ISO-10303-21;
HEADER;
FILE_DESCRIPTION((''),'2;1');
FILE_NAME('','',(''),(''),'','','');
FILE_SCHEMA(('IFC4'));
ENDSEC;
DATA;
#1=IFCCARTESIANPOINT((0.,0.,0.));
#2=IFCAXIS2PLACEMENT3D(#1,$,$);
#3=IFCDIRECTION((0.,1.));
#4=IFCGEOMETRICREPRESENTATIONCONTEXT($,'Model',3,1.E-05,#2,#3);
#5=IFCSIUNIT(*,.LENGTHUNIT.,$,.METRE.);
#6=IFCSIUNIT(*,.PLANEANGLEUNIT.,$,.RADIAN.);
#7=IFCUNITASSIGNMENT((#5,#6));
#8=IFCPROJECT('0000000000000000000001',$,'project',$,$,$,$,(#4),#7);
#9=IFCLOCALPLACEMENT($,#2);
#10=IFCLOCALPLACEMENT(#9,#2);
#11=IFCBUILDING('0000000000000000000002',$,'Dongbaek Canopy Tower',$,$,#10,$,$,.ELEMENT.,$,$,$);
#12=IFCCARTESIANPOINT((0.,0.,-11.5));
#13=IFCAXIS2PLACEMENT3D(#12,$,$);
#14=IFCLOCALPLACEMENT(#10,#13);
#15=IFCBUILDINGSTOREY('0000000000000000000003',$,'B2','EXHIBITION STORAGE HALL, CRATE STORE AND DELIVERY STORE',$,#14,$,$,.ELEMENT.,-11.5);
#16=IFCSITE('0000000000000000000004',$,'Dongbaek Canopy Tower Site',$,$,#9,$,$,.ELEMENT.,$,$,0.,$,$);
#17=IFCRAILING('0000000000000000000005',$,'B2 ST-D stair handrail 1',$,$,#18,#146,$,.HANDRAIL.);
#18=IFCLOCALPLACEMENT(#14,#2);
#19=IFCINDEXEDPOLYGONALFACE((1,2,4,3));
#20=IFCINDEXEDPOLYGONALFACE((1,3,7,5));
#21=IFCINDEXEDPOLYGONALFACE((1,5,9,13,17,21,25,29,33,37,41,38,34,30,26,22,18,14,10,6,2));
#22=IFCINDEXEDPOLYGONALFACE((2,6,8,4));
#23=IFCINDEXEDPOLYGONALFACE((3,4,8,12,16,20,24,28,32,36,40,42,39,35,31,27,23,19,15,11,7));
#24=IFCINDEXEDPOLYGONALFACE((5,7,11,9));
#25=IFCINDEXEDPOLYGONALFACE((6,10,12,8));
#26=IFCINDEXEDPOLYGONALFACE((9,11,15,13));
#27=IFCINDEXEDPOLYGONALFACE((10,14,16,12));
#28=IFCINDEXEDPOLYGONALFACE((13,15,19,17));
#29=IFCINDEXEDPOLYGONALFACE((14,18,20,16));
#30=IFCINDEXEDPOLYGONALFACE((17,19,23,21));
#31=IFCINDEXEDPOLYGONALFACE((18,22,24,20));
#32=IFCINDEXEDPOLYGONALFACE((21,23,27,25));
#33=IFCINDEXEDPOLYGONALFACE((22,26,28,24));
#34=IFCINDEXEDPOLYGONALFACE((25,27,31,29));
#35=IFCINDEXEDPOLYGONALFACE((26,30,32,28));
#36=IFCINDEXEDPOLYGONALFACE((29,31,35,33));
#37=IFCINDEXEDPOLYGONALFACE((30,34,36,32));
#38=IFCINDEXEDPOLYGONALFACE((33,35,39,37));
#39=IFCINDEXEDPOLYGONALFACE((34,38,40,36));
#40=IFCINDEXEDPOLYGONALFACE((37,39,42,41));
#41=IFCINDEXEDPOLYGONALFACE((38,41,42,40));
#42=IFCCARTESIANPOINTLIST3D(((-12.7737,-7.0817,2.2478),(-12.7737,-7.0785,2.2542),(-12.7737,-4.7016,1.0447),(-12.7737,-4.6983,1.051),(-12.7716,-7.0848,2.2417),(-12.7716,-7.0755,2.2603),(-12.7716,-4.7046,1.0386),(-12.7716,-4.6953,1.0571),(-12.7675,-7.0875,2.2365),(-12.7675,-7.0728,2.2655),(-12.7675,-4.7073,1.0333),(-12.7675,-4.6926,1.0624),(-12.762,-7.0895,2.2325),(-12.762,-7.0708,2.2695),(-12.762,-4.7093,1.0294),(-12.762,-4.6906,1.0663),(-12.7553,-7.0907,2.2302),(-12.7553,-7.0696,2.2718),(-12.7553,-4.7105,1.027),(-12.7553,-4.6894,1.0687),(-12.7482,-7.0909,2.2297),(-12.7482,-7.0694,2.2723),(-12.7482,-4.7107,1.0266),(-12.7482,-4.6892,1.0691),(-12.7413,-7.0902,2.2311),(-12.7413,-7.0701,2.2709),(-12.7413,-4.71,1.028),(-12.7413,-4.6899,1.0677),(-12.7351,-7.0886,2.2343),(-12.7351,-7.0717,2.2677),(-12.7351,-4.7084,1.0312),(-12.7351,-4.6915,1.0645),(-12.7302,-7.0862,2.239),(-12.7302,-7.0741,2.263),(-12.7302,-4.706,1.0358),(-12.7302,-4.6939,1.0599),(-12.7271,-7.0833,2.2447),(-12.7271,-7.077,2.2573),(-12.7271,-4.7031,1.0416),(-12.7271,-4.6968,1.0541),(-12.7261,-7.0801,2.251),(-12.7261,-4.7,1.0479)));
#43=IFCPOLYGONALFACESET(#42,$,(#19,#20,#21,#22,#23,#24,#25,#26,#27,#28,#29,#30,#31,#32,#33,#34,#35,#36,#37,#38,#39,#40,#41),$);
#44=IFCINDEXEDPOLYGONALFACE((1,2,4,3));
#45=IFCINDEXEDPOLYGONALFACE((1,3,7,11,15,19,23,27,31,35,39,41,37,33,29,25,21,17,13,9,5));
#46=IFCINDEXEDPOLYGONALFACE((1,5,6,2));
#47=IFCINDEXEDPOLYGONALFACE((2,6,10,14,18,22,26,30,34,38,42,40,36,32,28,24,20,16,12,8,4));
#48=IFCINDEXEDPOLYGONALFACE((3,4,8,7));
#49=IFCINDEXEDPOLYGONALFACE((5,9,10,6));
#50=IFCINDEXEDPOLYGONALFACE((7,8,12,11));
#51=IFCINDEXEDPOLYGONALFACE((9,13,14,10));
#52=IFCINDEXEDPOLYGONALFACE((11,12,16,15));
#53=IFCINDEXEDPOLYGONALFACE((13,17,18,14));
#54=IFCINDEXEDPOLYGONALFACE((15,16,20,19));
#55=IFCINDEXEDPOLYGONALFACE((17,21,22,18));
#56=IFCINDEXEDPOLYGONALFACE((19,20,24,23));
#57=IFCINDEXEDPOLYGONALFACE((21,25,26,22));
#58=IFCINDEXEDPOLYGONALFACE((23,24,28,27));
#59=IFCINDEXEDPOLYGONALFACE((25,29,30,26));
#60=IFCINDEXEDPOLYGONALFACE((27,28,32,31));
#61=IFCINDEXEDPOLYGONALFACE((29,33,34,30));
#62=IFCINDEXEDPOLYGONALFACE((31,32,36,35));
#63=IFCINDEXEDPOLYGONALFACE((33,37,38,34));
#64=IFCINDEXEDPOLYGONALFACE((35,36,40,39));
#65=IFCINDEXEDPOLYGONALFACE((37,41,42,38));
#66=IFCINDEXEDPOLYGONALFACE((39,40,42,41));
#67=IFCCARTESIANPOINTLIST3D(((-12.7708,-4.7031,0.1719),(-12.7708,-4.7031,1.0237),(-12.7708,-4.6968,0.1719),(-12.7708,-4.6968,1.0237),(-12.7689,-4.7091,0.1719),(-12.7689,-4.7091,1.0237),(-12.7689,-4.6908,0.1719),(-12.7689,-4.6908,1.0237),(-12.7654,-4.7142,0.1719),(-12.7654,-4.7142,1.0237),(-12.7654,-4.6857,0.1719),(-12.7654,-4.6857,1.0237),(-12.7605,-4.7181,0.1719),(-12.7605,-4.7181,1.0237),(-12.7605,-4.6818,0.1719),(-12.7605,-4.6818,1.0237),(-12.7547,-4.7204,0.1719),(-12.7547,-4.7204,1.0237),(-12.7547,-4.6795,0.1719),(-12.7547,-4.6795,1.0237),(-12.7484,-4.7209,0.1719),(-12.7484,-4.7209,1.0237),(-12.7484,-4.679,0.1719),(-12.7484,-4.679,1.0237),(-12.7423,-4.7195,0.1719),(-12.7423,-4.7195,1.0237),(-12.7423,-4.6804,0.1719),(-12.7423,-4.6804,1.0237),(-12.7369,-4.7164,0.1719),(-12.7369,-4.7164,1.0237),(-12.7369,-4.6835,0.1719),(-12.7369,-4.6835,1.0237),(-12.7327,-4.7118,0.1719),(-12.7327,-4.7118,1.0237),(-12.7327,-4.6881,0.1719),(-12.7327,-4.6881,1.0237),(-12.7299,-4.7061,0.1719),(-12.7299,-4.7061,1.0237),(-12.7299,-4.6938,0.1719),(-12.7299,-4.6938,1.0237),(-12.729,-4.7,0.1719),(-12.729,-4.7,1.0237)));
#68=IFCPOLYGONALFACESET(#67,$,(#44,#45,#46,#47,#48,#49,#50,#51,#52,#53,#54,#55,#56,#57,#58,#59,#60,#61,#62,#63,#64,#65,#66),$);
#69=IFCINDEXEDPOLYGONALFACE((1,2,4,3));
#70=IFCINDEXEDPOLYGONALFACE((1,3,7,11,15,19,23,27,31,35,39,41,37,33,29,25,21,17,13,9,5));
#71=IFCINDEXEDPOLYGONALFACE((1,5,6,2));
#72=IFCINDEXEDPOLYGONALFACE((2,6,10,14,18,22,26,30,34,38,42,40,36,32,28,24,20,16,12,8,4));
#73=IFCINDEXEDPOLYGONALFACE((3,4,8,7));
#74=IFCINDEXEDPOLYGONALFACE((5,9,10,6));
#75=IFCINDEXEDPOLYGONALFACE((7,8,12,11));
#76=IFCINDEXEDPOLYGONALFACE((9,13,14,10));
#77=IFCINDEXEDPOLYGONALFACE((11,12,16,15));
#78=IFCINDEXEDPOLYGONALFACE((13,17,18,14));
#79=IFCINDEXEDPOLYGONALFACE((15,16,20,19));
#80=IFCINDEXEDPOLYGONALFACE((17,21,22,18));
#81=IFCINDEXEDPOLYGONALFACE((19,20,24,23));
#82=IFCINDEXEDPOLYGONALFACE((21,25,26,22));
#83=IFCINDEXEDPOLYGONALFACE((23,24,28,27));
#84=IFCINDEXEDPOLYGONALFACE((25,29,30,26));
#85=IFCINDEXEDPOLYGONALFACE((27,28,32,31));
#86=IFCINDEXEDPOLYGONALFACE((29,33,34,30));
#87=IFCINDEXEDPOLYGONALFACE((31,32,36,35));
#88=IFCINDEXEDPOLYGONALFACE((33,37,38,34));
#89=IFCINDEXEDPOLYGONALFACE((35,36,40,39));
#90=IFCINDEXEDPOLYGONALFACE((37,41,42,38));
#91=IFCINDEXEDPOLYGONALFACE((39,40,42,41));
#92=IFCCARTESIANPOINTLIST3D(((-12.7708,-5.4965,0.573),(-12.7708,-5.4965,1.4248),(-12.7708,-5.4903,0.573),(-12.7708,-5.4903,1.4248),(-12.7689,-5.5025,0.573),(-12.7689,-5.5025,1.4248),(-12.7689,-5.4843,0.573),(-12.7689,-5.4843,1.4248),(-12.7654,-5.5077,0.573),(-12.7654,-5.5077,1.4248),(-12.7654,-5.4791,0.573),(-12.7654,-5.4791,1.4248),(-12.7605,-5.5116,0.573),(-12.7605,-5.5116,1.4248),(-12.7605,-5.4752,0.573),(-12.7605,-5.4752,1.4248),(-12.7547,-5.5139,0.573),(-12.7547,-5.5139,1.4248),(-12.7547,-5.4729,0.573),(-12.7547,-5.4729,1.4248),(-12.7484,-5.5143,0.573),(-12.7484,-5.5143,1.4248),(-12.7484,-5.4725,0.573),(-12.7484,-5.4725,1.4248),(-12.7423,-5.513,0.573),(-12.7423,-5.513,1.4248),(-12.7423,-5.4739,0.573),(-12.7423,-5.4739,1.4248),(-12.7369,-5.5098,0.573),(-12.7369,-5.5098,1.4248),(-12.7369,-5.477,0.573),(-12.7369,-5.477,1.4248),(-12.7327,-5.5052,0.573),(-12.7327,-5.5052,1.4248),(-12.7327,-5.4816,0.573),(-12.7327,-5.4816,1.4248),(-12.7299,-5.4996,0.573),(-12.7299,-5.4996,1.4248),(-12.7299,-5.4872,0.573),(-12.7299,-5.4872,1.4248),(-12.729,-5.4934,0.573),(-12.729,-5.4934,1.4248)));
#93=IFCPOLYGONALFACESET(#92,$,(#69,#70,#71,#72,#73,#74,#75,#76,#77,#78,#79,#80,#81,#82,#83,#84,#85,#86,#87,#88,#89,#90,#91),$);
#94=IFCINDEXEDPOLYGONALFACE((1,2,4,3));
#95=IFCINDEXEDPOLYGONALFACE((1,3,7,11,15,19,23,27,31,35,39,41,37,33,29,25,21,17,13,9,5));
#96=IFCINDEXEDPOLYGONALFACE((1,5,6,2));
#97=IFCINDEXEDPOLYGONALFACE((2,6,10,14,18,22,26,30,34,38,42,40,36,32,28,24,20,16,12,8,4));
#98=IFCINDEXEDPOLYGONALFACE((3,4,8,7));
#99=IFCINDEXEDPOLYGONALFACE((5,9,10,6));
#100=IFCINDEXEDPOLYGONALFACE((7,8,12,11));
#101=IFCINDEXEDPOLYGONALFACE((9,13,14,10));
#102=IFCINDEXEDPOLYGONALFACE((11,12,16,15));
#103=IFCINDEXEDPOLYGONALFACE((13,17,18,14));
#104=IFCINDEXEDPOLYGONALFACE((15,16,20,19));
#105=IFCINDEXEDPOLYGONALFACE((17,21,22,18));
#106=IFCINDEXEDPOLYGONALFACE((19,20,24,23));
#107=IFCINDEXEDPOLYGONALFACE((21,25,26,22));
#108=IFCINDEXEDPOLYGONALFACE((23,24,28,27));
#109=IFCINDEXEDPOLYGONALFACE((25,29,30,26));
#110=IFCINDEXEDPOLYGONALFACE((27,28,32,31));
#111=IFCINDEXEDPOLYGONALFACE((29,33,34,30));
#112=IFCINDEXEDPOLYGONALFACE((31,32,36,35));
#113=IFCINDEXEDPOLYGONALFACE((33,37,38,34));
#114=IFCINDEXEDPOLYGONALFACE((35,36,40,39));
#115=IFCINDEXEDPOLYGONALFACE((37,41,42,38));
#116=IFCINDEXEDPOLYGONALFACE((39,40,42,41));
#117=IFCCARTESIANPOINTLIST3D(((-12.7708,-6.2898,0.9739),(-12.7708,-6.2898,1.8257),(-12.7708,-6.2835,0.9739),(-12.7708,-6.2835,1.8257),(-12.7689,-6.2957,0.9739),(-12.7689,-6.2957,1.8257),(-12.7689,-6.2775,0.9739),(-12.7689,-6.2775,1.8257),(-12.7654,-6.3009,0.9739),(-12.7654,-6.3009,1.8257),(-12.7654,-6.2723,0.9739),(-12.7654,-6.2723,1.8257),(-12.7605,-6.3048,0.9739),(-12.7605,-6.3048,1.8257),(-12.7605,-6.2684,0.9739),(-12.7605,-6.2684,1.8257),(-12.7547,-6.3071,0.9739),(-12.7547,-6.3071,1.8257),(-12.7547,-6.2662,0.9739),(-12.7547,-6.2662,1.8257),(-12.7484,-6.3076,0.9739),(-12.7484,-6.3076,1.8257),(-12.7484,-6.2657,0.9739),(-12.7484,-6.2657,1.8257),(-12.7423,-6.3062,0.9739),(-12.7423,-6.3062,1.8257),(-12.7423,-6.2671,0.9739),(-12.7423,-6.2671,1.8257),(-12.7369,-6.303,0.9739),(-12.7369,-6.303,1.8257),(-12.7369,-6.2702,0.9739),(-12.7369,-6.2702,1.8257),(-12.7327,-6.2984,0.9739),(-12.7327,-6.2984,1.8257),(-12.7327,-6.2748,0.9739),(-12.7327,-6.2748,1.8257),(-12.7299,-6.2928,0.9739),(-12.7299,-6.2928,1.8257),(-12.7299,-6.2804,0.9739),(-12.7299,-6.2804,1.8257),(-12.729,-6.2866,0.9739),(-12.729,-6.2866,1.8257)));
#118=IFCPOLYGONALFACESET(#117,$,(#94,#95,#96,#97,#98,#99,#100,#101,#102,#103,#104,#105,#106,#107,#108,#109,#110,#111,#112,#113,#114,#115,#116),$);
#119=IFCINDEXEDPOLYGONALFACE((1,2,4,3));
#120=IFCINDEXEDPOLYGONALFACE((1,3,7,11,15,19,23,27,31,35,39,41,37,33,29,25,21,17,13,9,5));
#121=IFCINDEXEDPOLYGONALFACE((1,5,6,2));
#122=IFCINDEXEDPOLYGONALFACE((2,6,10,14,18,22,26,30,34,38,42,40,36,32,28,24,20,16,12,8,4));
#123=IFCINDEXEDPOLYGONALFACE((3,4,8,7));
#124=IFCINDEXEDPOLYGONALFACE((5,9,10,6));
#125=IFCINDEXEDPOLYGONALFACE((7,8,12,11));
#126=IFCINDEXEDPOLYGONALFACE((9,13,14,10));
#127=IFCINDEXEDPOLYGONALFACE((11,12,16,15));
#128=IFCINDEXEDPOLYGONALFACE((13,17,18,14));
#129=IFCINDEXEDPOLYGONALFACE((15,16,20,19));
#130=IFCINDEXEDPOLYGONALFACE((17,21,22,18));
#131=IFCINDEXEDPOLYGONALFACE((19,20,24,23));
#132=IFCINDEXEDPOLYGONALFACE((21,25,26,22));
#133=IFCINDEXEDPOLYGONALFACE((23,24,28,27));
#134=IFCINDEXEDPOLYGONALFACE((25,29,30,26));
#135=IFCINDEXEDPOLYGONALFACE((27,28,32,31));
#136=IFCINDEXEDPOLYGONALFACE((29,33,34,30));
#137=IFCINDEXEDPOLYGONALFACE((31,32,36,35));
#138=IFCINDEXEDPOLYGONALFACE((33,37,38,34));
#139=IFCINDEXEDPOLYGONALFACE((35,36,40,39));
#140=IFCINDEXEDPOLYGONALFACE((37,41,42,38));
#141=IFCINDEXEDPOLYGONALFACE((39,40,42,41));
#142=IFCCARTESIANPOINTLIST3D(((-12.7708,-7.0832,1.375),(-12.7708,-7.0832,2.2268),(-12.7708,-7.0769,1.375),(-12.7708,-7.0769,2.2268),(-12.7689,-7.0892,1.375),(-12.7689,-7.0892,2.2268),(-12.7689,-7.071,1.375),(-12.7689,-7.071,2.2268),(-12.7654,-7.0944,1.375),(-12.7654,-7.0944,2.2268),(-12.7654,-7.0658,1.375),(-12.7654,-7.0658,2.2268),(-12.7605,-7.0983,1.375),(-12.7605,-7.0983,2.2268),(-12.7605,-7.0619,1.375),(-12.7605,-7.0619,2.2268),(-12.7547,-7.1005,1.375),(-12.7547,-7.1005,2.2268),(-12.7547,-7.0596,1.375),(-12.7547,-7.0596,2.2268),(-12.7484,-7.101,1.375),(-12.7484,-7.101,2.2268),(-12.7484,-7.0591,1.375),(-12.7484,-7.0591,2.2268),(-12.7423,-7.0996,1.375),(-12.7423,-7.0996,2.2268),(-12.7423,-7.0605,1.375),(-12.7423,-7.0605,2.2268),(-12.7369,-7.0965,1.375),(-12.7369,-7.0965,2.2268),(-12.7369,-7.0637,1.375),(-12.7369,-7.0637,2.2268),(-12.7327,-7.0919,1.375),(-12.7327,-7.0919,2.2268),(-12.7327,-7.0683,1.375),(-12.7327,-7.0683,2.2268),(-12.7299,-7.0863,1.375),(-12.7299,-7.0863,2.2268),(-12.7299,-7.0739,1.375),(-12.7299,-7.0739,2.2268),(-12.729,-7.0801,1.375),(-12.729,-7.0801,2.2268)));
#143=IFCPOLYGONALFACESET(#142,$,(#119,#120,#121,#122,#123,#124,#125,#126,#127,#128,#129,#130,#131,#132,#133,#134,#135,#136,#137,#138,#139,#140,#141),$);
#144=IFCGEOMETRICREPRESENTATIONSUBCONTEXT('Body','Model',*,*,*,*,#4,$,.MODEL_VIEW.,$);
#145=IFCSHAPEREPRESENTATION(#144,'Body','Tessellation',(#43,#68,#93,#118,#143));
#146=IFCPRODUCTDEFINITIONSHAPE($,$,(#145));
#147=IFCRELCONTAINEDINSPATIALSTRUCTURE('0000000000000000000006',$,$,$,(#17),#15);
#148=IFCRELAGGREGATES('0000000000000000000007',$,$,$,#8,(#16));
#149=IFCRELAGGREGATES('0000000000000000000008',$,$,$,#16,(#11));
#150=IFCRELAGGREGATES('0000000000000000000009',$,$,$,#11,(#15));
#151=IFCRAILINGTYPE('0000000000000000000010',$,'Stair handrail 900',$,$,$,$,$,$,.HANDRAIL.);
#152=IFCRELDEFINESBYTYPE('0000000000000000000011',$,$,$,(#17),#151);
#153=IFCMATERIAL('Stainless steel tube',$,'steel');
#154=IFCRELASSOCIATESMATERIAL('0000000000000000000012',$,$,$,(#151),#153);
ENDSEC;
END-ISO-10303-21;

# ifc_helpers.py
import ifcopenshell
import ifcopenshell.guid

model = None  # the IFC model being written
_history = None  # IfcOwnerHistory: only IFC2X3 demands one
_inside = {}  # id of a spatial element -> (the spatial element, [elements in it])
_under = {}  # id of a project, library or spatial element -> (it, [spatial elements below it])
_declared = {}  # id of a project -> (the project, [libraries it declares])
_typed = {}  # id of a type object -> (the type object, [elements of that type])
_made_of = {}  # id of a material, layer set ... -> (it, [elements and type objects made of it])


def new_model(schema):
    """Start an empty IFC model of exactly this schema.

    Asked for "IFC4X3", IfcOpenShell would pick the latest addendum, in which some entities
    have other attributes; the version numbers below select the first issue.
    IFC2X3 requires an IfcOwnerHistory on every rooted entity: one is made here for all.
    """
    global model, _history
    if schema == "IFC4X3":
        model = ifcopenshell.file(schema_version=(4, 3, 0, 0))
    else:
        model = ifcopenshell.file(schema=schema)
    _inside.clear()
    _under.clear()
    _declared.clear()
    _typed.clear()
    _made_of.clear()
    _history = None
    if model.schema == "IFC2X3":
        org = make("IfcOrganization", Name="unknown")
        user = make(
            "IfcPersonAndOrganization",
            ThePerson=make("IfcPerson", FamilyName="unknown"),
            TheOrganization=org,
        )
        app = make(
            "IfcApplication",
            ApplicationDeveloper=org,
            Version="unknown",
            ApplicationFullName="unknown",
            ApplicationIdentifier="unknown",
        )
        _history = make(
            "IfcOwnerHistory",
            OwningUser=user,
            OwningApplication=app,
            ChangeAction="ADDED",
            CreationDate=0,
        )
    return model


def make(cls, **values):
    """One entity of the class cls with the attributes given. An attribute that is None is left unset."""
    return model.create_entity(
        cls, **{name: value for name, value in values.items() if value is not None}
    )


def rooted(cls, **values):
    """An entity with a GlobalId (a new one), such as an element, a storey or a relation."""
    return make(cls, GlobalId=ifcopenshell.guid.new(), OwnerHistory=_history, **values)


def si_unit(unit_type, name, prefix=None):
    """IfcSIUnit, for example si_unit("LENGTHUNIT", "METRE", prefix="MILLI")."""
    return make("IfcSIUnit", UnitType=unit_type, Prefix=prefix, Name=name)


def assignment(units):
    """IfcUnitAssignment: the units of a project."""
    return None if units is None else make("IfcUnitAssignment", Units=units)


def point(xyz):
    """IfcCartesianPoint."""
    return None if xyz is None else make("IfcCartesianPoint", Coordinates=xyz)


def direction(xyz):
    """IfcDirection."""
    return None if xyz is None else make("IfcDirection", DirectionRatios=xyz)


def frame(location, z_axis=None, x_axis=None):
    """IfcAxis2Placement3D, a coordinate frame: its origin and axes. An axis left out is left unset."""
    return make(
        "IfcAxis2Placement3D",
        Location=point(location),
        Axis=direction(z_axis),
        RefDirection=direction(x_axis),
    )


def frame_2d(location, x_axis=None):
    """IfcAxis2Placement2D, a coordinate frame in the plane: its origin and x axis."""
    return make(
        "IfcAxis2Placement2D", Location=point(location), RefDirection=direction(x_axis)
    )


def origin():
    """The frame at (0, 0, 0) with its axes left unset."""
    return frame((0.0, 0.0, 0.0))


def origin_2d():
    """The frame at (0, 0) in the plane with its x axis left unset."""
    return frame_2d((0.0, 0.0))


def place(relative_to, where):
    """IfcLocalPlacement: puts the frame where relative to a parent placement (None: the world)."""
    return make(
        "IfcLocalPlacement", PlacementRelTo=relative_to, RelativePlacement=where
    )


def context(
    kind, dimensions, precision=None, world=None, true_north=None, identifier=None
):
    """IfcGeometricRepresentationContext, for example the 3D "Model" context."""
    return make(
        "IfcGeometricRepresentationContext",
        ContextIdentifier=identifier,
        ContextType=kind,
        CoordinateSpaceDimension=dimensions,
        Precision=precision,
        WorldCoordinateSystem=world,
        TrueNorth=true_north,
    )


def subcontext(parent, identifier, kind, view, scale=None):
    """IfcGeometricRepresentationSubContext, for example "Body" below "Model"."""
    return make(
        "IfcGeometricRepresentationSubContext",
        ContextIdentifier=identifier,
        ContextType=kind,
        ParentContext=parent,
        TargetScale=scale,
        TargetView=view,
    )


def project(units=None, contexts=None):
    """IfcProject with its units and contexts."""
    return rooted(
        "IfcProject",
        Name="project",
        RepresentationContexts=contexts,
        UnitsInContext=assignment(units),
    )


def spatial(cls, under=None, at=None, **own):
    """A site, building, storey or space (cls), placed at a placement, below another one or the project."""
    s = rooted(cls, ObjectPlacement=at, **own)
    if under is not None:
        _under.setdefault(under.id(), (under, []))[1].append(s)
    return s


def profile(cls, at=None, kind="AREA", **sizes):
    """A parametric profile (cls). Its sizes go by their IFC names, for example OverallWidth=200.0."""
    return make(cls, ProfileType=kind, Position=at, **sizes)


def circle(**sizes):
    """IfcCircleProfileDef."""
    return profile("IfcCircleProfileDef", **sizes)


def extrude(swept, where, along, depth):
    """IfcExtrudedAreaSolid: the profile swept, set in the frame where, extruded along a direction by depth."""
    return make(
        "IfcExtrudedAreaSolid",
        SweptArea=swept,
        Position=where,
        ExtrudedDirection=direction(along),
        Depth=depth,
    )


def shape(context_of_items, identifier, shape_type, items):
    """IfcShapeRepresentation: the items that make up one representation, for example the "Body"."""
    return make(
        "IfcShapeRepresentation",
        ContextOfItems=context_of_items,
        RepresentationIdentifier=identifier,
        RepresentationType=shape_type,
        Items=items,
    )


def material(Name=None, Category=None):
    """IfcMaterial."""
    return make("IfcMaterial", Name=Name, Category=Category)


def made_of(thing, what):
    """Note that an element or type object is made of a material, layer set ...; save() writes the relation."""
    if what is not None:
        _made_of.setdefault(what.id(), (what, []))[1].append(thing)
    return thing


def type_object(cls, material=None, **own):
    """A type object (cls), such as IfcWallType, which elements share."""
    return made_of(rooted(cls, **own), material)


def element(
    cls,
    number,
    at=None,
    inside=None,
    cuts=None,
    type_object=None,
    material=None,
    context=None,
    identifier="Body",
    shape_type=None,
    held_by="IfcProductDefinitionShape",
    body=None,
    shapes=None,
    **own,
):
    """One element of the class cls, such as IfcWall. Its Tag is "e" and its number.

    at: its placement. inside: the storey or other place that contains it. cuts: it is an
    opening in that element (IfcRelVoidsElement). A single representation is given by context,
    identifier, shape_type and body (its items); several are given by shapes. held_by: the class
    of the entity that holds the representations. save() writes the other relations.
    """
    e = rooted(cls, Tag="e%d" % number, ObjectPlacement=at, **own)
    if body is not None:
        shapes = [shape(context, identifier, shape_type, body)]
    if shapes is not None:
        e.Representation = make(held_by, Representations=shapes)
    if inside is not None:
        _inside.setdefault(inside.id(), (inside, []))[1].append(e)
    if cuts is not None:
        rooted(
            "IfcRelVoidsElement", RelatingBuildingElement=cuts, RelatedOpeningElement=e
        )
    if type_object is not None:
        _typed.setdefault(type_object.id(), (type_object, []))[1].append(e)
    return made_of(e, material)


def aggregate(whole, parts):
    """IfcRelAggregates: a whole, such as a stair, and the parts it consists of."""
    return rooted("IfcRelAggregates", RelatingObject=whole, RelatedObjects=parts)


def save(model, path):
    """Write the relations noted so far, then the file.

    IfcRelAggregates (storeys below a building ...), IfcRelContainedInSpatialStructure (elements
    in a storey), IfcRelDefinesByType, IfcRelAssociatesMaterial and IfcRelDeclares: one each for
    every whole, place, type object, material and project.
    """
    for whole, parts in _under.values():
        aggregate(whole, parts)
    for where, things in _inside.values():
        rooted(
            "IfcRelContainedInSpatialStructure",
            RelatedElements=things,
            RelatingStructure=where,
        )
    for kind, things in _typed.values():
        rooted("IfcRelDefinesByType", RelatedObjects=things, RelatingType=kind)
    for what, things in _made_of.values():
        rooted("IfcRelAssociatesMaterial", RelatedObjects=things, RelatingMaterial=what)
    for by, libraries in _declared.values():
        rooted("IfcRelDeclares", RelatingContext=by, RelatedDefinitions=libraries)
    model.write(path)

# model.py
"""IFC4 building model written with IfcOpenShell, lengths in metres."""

from ifc_helpers import new_model, si_unit, direction, frame, origin, origin_2d, place, context, subcontext, project, spatial, circle, extrude, material, type_object, element, save


model = new_model("IFC4")

# Units and contexts
model_context = context("Model", 3, precision=1e-05, world=origin(), true_north=direction((0.0, 1.0)))
body_context = subcontext(model_context, "Body", "Model", "MODEL_VIEW")
ifc_project = project(units=[si_unit("LENGTHUNIT", "METRE"), si_unit("PLANEANGLEUNIT", "RADIAN")], contexts=[model_context])

# Site, building, storey
site_placement = place(None, origin())
site = spatial("IfcSite", under=ifc_project, at=site_placement, Name="Dongbaek Canopy Tower Site", CompositionType="ELEMENT", RefElevation=0.0)
building_placement = place(site_placement, origin())
building = spatial("IfcBuilding", under=site, at=building_placement, Name="Dongbaek Canopy Tower", CompositionType="ELEMENT")
storey_placement = place(building_placement, frame((0.0, 0.0, -11.5)))
storey = spatial("IfcBuildingStorey", under=building, at=storey_placement, Name="B2", Description="EXHIBITION STORAGE HALL, CRATE STORE AND DELIVERY STORE", CompositionType="ELEMENT", Elevation=-11.5)

# Railing
ifc_material_1 = material(Name="Stainless steel tube", Category="steel")
railing_type_1 = type_object("IfcRailingType", Name="Stair handrail 900", PredefinedType="HANDRAIL", material=ifc_material_1)
railing_1_placement = place(storey_placement, frame((-12.75, -4.7, 0.1719)))
element("IfcRailing", 1, at=railing_1_placement, inside=storey, type_object=railing_type_1, Name="B2 ST-D stair handrail 1", PredefinedType="HANDRAIL", context=body_context, shape_type="SweptSolid", body=[
    extrude(circle(Radius=0.0239, at=origin_2d()), frame((0.0, 0.0, 0.876), z_axis=(0.0, -0.89246, 0.451127), x_axis=(1.0, 0.0, 0.0)), (0.0, 0.0, 1.0), 2.667),
    extrude(circle(Radius=0.021, at=origin_2d()), origin(), (0.0, 0.0, 1.0), 0.8518),
    extrude(circle(Radius=0.021, at=origin_2d()), frame((0.0, -0.7935, 0.4011)), (0.0, 0.0, 1.0), 0.8518),
    extrude(circle(Radius=0.021, at=origin_2d()), frame((0.0, -1.5867, 0.802)), (0.0, 0.0, 1.0), 0.8518),
    extrude(circle(Radius=0.021, at=origin_2d()), frame((0.0, -2.3801, 1.2031)), (0.0, 0.0, 1.0), 0.8518),
])

save(model, "model.ifc")
